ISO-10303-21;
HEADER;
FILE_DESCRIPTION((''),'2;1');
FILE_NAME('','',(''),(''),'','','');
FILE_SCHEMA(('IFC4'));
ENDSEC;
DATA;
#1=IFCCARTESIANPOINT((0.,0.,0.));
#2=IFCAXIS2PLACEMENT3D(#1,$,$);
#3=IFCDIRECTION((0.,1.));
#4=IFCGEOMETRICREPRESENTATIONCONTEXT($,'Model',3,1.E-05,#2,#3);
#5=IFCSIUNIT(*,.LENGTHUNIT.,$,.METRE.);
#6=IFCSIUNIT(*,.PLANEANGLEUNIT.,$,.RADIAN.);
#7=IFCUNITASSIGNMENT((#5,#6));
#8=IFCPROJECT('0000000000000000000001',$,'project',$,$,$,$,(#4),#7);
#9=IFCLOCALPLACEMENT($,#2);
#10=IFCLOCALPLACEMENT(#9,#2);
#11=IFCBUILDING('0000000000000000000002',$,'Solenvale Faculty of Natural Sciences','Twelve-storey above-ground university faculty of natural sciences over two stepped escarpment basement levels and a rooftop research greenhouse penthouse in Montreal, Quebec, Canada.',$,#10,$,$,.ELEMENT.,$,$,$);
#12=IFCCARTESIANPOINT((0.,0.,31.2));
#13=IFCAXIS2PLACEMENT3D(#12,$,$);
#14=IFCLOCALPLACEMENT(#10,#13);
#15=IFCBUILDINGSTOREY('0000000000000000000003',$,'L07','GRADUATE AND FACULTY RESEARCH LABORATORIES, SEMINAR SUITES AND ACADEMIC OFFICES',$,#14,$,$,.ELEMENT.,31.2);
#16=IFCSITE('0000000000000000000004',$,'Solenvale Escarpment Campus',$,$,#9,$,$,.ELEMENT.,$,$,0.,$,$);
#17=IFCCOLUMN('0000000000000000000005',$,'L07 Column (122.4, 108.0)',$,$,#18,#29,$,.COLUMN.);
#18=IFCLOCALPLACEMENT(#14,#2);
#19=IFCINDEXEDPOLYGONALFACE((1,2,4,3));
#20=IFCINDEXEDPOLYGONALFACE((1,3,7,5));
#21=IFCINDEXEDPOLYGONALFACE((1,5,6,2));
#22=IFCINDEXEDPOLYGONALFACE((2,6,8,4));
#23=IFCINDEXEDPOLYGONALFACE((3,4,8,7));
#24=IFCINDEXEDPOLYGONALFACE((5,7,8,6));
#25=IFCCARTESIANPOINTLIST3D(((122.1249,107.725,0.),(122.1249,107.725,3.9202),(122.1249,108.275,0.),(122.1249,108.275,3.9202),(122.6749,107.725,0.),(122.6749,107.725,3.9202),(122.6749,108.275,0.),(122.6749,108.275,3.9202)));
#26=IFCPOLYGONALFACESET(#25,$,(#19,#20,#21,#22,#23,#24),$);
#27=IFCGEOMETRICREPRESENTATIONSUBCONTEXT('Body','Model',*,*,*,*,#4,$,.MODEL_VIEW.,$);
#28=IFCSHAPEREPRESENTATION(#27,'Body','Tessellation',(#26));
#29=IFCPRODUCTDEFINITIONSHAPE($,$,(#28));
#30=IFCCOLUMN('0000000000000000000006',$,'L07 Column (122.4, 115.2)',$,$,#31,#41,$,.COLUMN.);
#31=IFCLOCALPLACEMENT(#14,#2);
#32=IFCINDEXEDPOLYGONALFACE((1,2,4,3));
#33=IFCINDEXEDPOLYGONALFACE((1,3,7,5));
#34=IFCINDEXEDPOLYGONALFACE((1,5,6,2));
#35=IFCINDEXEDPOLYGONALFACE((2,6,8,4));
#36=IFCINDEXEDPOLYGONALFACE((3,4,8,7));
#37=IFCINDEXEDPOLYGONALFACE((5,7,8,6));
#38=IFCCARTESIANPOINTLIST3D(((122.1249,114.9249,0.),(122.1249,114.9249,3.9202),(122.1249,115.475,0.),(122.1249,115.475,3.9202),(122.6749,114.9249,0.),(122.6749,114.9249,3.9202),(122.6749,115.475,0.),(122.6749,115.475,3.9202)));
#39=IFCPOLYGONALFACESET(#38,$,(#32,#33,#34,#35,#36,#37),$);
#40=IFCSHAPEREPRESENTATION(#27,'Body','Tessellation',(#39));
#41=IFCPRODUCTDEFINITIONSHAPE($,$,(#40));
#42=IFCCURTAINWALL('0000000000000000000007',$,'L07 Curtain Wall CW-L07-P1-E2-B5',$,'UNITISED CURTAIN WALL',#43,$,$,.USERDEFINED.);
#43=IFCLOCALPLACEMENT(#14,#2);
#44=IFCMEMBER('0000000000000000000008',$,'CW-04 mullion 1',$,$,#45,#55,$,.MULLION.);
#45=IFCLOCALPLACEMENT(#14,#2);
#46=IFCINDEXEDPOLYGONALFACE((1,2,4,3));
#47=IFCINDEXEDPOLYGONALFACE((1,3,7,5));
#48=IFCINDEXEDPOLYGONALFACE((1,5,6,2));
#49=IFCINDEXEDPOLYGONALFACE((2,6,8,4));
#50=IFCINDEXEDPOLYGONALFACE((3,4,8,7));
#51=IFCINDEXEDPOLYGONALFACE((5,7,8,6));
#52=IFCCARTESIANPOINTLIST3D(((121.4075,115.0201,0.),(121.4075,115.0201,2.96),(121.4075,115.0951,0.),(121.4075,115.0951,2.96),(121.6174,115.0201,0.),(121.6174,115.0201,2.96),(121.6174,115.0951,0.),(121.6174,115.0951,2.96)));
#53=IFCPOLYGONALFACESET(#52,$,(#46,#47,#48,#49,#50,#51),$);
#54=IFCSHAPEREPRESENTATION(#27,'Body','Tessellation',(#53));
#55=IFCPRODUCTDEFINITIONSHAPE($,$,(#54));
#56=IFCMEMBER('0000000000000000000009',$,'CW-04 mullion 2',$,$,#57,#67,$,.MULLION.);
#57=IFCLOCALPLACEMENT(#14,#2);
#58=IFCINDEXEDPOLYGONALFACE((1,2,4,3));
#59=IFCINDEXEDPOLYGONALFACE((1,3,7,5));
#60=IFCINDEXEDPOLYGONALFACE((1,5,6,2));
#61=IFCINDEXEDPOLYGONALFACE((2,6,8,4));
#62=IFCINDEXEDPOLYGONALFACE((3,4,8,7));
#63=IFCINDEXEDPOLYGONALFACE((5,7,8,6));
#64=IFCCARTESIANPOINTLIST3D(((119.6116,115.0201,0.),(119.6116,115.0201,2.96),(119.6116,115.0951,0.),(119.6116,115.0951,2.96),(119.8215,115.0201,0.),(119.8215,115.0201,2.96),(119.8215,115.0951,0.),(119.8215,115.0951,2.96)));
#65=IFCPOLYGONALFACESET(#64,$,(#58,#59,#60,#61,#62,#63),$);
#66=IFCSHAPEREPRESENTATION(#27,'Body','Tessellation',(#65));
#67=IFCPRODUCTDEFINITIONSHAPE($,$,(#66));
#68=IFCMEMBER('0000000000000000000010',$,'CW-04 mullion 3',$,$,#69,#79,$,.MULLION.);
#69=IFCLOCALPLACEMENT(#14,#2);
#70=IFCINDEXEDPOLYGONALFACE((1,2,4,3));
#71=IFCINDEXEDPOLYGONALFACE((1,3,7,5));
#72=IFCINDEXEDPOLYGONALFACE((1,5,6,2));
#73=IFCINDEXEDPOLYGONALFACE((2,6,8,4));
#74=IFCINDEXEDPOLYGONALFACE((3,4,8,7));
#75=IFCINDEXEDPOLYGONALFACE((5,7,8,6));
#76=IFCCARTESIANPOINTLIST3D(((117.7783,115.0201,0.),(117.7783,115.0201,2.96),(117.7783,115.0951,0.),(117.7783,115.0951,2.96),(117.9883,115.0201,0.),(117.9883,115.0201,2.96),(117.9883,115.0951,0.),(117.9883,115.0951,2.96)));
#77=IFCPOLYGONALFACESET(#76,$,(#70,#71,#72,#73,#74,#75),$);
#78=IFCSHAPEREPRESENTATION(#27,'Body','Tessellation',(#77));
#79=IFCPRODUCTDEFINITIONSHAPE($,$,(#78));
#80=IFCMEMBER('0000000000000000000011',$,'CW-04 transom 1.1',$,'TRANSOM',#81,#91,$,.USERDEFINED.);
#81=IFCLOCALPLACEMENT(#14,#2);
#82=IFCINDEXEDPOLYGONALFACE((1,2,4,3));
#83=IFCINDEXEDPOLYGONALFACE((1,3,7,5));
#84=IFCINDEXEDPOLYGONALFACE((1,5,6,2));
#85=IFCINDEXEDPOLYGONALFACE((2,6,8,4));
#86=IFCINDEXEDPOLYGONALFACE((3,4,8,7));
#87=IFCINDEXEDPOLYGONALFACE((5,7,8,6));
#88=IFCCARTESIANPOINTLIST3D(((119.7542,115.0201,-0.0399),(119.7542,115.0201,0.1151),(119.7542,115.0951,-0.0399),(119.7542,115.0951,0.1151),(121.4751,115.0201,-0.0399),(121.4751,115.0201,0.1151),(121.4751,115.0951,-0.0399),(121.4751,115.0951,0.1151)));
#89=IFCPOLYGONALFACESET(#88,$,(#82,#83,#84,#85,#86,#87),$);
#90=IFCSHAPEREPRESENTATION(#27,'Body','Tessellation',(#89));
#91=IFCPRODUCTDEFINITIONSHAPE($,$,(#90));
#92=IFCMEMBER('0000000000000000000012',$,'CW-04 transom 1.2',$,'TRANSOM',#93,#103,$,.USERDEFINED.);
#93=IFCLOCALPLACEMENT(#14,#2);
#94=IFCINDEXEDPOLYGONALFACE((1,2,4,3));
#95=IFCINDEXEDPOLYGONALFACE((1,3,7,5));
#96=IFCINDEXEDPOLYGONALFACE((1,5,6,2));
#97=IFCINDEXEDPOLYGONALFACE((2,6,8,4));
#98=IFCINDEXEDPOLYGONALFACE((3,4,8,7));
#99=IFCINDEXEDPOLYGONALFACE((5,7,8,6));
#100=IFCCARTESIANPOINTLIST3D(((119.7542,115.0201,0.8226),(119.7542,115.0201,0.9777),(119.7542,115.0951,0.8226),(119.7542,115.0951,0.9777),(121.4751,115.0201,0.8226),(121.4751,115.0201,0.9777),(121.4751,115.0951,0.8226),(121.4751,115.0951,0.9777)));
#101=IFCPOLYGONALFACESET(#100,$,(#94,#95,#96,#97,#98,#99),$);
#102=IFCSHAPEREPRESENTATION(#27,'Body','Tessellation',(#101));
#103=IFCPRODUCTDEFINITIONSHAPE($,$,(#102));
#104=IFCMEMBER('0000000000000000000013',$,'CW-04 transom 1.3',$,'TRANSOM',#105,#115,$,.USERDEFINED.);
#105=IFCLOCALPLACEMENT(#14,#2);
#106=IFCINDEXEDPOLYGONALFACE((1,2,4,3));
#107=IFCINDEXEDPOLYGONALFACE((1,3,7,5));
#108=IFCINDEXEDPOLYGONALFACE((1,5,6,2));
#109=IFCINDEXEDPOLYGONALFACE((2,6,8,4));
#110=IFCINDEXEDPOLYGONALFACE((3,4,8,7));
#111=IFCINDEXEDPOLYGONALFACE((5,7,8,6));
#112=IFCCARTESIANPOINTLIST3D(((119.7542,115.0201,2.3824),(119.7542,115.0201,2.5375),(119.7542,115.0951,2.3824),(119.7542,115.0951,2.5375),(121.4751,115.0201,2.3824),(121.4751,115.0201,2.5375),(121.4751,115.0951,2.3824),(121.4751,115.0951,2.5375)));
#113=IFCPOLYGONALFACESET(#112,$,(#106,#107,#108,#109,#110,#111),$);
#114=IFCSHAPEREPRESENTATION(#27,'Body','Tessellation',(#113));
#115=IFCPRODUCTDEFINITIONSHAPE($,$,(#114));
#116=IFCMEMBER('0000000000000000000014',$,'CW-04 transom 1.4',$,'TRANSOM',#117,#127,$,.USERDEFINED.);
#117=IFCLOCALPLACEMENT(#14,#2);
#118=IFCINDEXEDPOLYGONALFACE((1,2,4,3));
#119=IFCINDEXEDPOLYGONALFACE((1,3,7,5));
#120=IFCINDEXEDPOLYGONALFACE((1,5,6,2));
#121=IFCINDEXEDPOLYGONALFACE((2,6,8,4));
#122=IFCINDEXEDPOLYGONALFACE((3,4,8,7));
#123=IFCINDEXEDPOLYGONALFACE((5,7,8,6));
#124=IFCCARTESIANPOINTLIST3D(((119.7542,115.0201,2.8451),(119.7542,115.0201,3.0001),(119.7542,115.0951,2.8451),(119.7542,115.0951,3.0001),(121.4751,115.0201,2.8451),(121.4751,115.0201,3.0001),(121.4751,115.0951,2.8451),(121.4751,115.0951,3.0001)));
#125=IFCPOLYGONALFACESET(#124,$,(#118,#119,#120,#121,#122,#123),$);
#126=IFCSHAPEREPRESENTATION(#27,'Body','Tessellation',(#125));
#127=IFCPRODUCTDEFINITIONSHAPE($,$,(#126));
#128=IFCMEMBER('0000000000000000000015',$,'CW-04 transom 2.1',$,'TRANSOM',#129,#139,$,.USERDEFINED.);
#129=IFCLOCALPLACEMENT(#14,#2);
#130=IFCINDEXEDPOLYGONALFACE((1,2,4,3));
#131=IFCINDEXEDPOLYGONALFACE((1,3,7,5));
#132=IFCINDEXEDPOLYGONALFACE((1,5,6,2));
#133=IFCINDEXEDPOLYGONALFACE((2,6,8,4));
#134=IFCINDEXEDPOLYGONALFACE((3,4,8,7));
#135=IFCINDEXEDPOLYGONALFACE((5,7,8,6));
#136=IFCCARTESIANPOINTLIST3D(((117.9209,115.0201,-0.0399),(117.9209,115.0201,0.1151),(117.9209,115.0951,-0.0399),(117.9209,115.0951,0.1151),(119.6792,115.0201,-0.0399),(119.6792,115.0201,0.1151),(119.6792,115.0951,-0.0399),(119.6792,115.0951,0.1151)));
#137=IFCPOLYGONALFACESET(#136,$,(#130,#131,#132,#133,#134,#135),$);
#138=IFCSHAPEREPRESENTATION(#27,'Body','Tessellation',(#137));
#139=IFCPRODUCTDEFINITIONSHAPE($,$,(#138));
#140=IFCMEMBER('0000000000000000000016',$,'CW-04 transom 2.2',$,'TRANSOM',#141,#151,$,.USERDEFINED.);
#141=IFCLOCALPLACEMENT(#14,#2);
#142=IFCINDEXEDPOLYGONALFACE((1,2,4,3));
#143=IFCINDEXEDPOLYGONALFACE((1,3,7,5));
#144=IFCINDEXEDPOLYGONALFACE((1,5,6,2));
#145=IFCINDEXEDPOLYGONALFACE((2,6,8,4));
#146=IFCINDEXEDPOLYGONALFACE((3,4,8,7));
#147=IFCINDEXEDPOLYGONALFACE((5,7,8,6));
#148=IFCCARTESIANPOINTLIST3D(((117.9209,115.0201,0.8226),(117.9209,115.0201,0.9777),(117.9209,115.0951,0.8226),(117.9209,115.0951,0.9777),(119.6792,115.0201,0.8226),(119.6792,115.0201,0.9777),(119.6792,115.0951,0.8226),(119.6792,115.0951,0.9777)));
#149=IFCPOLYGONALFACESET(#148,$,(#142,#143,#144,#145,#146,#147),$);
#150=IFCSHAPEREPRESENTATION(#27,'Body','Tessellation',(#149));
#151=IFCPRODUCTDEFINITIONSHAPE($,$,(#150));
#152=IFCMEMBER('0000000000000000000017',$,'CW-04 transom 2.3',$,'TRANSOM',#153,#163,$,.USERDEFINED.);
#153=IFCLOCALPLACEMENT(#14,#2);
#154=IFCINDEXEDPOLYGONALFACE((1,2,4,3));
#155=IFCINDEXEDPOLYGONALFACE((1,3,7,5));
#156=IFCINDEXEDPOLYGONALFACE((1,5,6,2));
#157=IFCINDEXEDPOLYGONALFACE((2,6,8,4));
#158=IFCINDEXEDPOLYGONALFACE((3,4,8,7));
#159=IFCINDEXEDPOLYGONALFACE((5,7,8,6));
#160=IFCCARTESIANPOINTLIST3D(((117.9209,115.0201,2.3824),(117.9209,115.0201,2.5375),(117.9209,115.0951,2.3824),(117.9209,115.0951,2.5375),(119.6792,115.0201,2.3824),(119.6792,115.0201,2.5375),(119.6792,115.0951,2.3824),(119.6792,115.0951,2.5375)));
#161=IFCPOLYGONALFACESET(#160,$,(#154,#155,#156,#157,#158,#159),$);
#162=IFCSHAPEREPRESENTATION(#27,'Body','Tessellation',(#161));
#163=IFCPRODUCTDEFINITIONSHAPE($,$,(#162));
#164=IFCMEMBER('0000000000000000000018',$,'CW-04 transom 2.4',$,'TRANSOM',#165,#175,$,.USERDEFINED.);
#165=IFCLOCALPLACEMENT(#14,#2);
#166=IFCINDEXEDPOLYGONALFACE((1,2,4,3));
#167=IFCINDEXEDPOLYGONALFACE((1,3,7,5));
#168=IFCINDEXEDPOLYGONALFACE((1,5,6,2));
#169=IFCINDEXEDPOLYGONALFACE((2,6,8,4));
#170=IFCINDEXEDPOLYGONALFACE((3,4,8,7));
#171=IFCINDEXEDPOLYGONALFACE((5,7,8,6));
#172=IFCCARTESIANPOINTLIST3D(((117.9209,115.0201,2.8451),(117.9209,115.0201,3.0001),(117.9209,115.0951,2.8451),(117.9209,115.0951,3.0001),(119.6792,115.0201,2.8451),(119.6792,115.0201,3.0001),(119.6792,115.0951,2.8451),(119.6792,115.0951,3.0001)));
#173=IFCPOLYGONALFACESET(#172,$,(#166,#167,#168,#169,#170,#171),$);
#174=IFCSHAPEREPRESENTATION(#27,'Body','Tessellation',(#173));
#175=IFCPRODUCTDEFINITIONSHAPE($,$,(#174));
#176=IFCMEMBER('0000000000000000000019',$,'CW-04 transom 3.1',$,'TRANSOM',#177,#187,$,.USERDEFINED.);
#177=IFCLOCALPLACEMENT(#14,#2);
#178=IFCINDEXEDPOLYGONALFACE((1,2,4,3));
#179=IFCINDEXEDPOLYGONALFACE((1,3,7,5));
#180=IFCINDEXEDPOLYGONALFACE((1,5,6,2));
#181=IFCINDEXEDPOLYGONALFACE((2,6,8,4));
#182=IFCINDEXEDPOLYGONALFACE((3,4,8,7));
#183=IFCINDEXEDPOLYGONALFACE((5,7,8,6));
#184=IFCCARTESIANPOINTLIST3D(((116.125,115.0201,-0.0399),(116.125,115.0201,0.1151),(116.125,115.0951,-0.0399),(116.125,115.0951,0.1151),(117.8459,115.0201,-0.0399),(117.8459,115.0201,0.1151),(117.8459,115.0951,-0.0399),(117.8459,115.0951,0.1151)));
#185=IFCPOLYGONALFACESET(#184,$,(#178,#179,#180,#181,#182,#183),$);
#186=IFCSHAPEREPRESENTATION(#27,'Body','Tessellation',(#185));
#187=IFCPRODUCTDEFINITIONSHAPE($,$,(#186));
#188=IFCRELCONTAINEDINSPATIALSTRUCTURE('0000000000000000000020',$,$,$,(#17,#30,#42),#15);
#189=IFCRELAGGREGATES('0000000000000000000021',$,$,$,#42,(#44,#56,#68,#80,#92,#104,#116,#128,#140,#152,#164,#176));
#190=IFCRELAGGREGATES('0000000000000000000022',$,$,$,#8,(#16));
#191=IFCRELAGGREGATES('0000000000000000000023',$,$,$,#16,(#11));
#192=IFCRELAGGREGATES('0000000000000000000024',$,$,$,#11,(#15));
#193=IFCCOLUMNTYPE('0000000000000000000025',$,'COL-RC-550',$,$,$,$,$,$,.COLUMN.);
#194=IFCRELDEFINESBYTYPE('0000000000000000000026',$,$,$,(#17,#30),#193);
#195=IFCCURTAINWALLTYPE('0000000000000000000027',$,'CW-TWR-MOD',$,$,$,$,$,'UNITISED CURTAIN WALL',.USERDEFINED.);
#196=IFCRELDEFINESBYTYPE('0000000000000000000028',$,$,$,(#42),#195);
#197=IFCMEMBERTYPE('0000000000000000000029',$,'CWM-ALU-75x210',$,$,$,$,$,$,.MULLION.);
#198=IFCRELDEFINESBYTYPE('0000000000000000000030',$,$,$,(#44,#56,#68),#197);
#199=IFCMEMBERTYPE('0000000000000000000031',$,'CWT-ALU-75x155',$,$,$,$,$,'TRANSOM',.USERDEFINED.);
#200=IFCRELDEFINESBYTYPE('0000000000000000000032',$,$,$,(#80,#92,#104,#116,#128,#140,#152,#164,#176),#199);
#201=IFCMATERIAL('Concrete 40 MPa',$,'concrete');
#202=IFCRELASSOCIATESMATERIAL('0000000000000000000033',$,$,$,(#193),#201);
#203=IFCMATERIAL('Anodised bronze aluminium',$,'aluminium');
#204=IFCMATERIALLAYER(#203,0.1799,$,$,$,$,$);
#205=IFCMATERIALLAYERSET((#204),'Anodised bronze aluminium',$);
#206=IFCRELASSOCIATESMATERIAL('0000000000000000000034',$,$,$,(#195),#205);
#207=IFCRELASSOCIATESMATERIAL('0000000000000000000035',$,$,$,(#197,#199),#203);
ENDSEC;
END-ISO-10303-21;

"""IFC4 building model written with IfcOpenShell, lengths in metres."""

from ifc_helpers import new_model, si_unit, direction, frame, origin, origin_2d, place, context, subcontext, project, spatial, rectangle, extrude, material, layer, layer_set, material_profile, profile_set, type_object, element, aggregate, save


model = new_model("IFC4")

# Units and contexts
model_context = context("Model", 3, precision=1e-05, world=origin(), true_north=direction((0.0, 1.0)))
body_context = subcontext(model_context, "Body", "Model", "MODEL_VIEW")
ifc_project = project(units=[si_unit("LENGTHUNIT", "METRE"), si_unit("PLANEANGLEUNIT", "RADIAN")], contexts=[model_context])

# Site, building, storey
site_placement = place(None, origin())
site = spatial("IfcSite", under=ifc_project, at=site_placement, Name="Solenvale Escarpment Campus", CompositionType="ELEMENT", RefElevation=0.0)
building_placement = place(site_placement, origin())
building = spatial("IfcBuilding", under=site, at=building_placement, Name="Solenvale Faculty of Natural Sciences", Description="Twelve-storey above-ground university faculty of natural sciences over two stepped escarpment basement levels and a rooftop research greenhouse penthouse in Montreal, Quebec, Canada.", CompositionType="ELEMENT")
storey_placement = place(building_placement, frame((0.0, 0.0, 31.2)))
storey = spatial("IfcBuildingStorey", under=building, at=storey_placement, Name="L07", Description="GRADUATE AND FACULTY RESEARCH LABORATORIES, SEMINAR SUITES AND ACADEMIC OFFICES", CompositionType="ELEMENT", Elevation=31.2)

# Columns
ifc_material_1 = material(Name="Concrete 40 MPa", Category="concrete")
ifc_material_profile_1 = material_profile(ifc_material_1, rectangle(XDim=0.55, YDim=0.55, at=origin_2d()), Name="RC-COL-550x550")
ifc_profile_set_1 = profile_set([ifc_material_profile_1], Name="Concrete 40 MPa")
column_type = type_object("IfcColumnType", Name="COL-RC-550", PredefinedType="COLUMN", material=ifc_profile_set_1)
for number, where, z_axis, x_axis, name in (
    (1, (122.3999, 108.0, 0.0), (0.0, 0.0, 1.0), (1.0, 0.0, 0.0), "L07 Column (122.4, 108.0)"),
    (2, (122.3999, 115.2, 0.0), (0.0, 0.0, 1.0), (1.0, 0.0, 0.0), "L07 Column (122.4, 115.2)"),
):
    element("IfcColumn", number, at=place(storey_placement, frame(where, z_axis=z_axis, x_axis=x_axis)), inside=storey, type_object=column_type, Name=name, PredefinedType="COLUMN", context=body_context, shape_type="SweptSolid", body=[
        extrude(rectangle(XDim=0.55, YDim=0.55, at=origin_2d()), origin(), (0.0, 0.0, 1.0), 3.9202),
    ])

# Curtain wall, members
ifc_material_2 = material(Name="Anodised bronze aluminium", Category="aluminium")
ifc_layer_1 = layer(ifc_material_2, 0.1799)
ifc_layer_set_1 = layer_set([ifc_layer_1], Name="Anodised bronze aluminium")
curtain_wall_type = type_object("IfcCurtainWallType", Name="CW-TWR-MOD", ElementType="UNITISED CURTAIN WALL", PredefinedType="USERDEFINED", material=ifc_layer_set_1)
curtain_wall_placement = place(storey_placement, origin())
curtain_wall = element("IfcCurtainWall", 3, at=curtain_wall_placement, inside=storey, type_object=curtain_wall_type, Name="L07 Curtain Wall CW-L07-P1-E2-B5", ObjectType="UNITISED CURTAIN WALL", PredefinedType="USERDEFINED")
ifc_material_profile_2 = material_profile(ifc_material_2, rectangle(XDim=0.075, YDim=0.21, at=origin_2d()), Name="ALU-MUL-75x210")
ifc_profile_set_2 = profile_set([ifc_material_profile_2], Name="Anodised bronze aluminium")
member_type_1 = type_object("IfcMemberType", Name="CWM-ALU-75x210", PredefinedType="MULLION", material=ifc_profile_set_2)
member_1_placement = place(storey_placement, frame((121.5125, 115.0576, 0.0), z_axis=(0.0, 0.0, 1.0), x_axis=(0.0, -1.0, 0.0)))
member_1 = element("IfcMember", 4, at=member_1_placement, type_object=member_type_1, Name="CW-04 mullion 1", PredefinedType="MULLION", context=body_context, shape_type="SweptSolid", body=[
    extrude(rectangle(XDim=0.075, YDim=0.21, at=origin_2d()), origin(), (0.0, 0.0, 1.0), 2.96),
])
member_2_placement = place(storey_placement, frame((119.7166, 115.0576, 0.0), z_axis=(0.0, 0.0, 1.0), x_axis=(0.0, -1.0, 0.0)))
member_2 = element("IfcMember", 5, at=member_2_placement, type_object=member_type_1, Name="CW-04 mullion 2", PredefinedType="MULLION", context=body_context, shape_type="SweptSolid", body=[
    extrude(rectangle(XDim=0.075, YDim=0.21, at=origin_2d()), origin(), (0.0, 0.0, 1.0), 2.96),
])
member_3_placement = place(storey_placement, frame((117.8833, 115.0576, 0.0), z_axis=(0.0, 0.0, 1.0), x_axis=(0.0, -1.0, 0.0)))
member_3 = element("IfcMember", 6, at=member_3_placement, type_object=member_type_1, Name="CW-04 mullion 3", PredefinedType="MULLION", context=body_context, shape_type="SweptSolid", body=[
    extrude(rectangle(XDim=0.075, YDim=0.21, at=origin_2d()), origin(), (0.0, 0.0, 1.0), 2.96),
])
ifc_material_profile_3 = material_profile(ifc_material_2, rectangle(XDim=0.075, YDim=0.155, at=origin_2d()), Name="ALU-TRN-75x155")
ifc_profile_set_3 = profile_set([ifc_material_profile_3], Name="Anodised bronze aluminium")
member_type_2 = type_object("IfcMemberType", Name="CWT-ALU-75x155", ElementType="TRANSOM", PredefinedType="USERDEFINED", material=ifc_profile_set_3)
member_4_placement = place(storey_placement, frame((121.4751, 115.0576, 0.0376), z_axis=(-1.0, 0.0, 0.0), x_axis=(0.0, -1.0, 0.0)))
member_4 = element("IfcMember", 7, at=member_4_placement, type_object=member_type_2, Name="CW-04 transom 1.1", ObjectType="TRANSOM", PredefinedType="USERDEFINED", context=body_context, shape_type="SweptSolid", body=[
    extrude(rectangle(XDim=0.075, YDim=0.155, at=origin_2d()), origin(), (0.0, 0.0, 1.0), 1.7209),
])
member_5_placement = place(storey_placement, frame((121.4751, 115.0576, 0.9001), z_axis=(-1.0, 0.0, 0.0), x_axis=(0.0, -1.0, 0.0)))
member_5 = element("IfcMember", 8, at=member_5_placement, type_object=member_type_2, Name="CW-04 transom 1.2", ObjectType="TRANSOM", PredefinedType="USERDEFINED", context=body_context, shape_type="SweptSolid", body=[
    extrude(rectangle(XDim=0.075, YDim=0.155, at=origin_2d()), origin(), (0.0, 0.0, 1.0), 1.7209),
])
member_6_placement = place(storey_placement, frame((121.4751, 115.0576, 2.46), z_axis=(-1.0, 0.0, 0.0), x_axis=(0.0, -1.0, 0.0)))
member_6 = element("IfcMember", 9, at=member_6_placement, type_object=member_type_2, Name="CW-04 transom 1.3", ObjectType="TRANSOM", PredefinedType="USERDEFINED", context=body_context, shape_type="SweptSolid", body=[
    extrude(rectangle(XDim=0.075, YDim=0.155, at=origin_2d()), origin(), (0.0, 0.0, 1.0), 1.7209),
])
member_7_placement = place(storey_placement, frame((121.4751, 115.0576, 2.9226), z_axis=(-1.0, 0.0, 0.0), x_axis=(0.0, -1.0, 0.0)))
member_7 = element("IfcMember", 10, at=member_7_placement, type_object=member_type_2, Name="CW-04 transom 1.4", ObjectType="TRANSOM", PredefinedType="USERDEFINED", context=body_context, shape_type="SweptSolid", body=[
    extrude(rectangle(XDim=0.075, YDim=0.155, at=origin_2d()), origin(), (0.0, 0.0, 1.0), 1.7209),
])
member_8_placement = place(storey_placement, frame((119.6792, 115.0576, 0.0376), z_axis=(-1.0, 0.0, 0.0), x_axis=(0.0, -1.0, 0.0)))
member_8 = element("IfcMember", 11, at=member_8_placement, type_object=member_type_2, Name="CW-04 transom 2.1", ObjectType="TRANSOM", PredefinedType="USERDEFINED", context=body_context, shape_type="SweptSolid", body=[
    extrude(rectangle(XDim=0.075, YDim=0.155, at=origin_2d()), origin(), (0.0, 0.0, 1.0), 1.7583),
])
member_9_placement = place(storey_placement, frame((119.6792, 115.0576, 0.9001), z_axis=(-1.0, 0.0, 0.0), x_axis=(0.0, -1.0, 0.0)))
member_9 = element("IfcMember", 12, at=member_9_placement, type_object=member_type_2, Name="CW-04 transom 2.2", ObjectType="TRANSOM", PredefinedType="USERDEFINED", context=body_context, shape_type="SweptSolid", body=[
    extrude(rectangle(XDim=0.075, YDim=0.155, at=origin_2d()), origin(), (0.0, 0.0, 1.0), 1.7583),
])
member_10_placement = place(storey_placement, frame((119.6792, 115.0576, 2.46), z_axis=(-1.0, 0.0, 0.0), x_axis=(0.0, -1.0, 0.0)))
member_10 = element("IfcMember", 13, at=member_10_placement, type_object=member_type_2, Name="CW-04 transom 2.3", ObjectType="TRANSOM", PredefinedType="USERDEFINED", context=body_context, shape_type="SweptSolid", body=[
    extrude(rectangle(XDim=0.075, YDim=0.155, at=origin_2d()), origin(), (0.0, 0.0, 1.0), 1.7583),
])
member_11_placement = place(storey_placement, frame((119.6792, 115.0576, 2.9226), z_axis=(-1.0, 0.0, 0.0), x_axis=(0.0, -1.0, 0.0)))
member_11 = element("IfcMember", 14, at=member_11_placement, type_object=member_type_2, Name="CW-04 transom 2.4", ObjectType="TRANSOM", PredefinedType="USERDEFINED", context=body_context, shape_type="SweptSolid", body=[
    extrude(rectangle(XDim=0.075, YDim=0.155, at=origin_2d()), origin(), (0.0, 0.0, 1.0), 1.7583),
])
member_12_placement = place(storey_placement, frame((117.8459, 115.0576, 0.0376), z_axis=(-1.0, 0.0, 0.0), x_axis=(0.0, -1.0, 0.0)))
member_12 = element("IfcMember", 15, at=member_12_placement, type_object=member_type_2, Name="CW-04 transom 3.1", ObjectType="TRANSOM", PredefinedType="USERDEFINED", context=body_context, shape_type="SweptSolid", body=[
    extrude(rectangle(XDim=0.075, YDim=0.155, at=origin_2d()), origin(), (0.0, 0.0, 1.0), 1.7209),
])
aggregate(curtain_wall, [member_1, member_2, member_3, member_4, member_5, member_6, member_7, member_8, member_9, member_10, member_11, member_12])

save(model, "model.ifc")
